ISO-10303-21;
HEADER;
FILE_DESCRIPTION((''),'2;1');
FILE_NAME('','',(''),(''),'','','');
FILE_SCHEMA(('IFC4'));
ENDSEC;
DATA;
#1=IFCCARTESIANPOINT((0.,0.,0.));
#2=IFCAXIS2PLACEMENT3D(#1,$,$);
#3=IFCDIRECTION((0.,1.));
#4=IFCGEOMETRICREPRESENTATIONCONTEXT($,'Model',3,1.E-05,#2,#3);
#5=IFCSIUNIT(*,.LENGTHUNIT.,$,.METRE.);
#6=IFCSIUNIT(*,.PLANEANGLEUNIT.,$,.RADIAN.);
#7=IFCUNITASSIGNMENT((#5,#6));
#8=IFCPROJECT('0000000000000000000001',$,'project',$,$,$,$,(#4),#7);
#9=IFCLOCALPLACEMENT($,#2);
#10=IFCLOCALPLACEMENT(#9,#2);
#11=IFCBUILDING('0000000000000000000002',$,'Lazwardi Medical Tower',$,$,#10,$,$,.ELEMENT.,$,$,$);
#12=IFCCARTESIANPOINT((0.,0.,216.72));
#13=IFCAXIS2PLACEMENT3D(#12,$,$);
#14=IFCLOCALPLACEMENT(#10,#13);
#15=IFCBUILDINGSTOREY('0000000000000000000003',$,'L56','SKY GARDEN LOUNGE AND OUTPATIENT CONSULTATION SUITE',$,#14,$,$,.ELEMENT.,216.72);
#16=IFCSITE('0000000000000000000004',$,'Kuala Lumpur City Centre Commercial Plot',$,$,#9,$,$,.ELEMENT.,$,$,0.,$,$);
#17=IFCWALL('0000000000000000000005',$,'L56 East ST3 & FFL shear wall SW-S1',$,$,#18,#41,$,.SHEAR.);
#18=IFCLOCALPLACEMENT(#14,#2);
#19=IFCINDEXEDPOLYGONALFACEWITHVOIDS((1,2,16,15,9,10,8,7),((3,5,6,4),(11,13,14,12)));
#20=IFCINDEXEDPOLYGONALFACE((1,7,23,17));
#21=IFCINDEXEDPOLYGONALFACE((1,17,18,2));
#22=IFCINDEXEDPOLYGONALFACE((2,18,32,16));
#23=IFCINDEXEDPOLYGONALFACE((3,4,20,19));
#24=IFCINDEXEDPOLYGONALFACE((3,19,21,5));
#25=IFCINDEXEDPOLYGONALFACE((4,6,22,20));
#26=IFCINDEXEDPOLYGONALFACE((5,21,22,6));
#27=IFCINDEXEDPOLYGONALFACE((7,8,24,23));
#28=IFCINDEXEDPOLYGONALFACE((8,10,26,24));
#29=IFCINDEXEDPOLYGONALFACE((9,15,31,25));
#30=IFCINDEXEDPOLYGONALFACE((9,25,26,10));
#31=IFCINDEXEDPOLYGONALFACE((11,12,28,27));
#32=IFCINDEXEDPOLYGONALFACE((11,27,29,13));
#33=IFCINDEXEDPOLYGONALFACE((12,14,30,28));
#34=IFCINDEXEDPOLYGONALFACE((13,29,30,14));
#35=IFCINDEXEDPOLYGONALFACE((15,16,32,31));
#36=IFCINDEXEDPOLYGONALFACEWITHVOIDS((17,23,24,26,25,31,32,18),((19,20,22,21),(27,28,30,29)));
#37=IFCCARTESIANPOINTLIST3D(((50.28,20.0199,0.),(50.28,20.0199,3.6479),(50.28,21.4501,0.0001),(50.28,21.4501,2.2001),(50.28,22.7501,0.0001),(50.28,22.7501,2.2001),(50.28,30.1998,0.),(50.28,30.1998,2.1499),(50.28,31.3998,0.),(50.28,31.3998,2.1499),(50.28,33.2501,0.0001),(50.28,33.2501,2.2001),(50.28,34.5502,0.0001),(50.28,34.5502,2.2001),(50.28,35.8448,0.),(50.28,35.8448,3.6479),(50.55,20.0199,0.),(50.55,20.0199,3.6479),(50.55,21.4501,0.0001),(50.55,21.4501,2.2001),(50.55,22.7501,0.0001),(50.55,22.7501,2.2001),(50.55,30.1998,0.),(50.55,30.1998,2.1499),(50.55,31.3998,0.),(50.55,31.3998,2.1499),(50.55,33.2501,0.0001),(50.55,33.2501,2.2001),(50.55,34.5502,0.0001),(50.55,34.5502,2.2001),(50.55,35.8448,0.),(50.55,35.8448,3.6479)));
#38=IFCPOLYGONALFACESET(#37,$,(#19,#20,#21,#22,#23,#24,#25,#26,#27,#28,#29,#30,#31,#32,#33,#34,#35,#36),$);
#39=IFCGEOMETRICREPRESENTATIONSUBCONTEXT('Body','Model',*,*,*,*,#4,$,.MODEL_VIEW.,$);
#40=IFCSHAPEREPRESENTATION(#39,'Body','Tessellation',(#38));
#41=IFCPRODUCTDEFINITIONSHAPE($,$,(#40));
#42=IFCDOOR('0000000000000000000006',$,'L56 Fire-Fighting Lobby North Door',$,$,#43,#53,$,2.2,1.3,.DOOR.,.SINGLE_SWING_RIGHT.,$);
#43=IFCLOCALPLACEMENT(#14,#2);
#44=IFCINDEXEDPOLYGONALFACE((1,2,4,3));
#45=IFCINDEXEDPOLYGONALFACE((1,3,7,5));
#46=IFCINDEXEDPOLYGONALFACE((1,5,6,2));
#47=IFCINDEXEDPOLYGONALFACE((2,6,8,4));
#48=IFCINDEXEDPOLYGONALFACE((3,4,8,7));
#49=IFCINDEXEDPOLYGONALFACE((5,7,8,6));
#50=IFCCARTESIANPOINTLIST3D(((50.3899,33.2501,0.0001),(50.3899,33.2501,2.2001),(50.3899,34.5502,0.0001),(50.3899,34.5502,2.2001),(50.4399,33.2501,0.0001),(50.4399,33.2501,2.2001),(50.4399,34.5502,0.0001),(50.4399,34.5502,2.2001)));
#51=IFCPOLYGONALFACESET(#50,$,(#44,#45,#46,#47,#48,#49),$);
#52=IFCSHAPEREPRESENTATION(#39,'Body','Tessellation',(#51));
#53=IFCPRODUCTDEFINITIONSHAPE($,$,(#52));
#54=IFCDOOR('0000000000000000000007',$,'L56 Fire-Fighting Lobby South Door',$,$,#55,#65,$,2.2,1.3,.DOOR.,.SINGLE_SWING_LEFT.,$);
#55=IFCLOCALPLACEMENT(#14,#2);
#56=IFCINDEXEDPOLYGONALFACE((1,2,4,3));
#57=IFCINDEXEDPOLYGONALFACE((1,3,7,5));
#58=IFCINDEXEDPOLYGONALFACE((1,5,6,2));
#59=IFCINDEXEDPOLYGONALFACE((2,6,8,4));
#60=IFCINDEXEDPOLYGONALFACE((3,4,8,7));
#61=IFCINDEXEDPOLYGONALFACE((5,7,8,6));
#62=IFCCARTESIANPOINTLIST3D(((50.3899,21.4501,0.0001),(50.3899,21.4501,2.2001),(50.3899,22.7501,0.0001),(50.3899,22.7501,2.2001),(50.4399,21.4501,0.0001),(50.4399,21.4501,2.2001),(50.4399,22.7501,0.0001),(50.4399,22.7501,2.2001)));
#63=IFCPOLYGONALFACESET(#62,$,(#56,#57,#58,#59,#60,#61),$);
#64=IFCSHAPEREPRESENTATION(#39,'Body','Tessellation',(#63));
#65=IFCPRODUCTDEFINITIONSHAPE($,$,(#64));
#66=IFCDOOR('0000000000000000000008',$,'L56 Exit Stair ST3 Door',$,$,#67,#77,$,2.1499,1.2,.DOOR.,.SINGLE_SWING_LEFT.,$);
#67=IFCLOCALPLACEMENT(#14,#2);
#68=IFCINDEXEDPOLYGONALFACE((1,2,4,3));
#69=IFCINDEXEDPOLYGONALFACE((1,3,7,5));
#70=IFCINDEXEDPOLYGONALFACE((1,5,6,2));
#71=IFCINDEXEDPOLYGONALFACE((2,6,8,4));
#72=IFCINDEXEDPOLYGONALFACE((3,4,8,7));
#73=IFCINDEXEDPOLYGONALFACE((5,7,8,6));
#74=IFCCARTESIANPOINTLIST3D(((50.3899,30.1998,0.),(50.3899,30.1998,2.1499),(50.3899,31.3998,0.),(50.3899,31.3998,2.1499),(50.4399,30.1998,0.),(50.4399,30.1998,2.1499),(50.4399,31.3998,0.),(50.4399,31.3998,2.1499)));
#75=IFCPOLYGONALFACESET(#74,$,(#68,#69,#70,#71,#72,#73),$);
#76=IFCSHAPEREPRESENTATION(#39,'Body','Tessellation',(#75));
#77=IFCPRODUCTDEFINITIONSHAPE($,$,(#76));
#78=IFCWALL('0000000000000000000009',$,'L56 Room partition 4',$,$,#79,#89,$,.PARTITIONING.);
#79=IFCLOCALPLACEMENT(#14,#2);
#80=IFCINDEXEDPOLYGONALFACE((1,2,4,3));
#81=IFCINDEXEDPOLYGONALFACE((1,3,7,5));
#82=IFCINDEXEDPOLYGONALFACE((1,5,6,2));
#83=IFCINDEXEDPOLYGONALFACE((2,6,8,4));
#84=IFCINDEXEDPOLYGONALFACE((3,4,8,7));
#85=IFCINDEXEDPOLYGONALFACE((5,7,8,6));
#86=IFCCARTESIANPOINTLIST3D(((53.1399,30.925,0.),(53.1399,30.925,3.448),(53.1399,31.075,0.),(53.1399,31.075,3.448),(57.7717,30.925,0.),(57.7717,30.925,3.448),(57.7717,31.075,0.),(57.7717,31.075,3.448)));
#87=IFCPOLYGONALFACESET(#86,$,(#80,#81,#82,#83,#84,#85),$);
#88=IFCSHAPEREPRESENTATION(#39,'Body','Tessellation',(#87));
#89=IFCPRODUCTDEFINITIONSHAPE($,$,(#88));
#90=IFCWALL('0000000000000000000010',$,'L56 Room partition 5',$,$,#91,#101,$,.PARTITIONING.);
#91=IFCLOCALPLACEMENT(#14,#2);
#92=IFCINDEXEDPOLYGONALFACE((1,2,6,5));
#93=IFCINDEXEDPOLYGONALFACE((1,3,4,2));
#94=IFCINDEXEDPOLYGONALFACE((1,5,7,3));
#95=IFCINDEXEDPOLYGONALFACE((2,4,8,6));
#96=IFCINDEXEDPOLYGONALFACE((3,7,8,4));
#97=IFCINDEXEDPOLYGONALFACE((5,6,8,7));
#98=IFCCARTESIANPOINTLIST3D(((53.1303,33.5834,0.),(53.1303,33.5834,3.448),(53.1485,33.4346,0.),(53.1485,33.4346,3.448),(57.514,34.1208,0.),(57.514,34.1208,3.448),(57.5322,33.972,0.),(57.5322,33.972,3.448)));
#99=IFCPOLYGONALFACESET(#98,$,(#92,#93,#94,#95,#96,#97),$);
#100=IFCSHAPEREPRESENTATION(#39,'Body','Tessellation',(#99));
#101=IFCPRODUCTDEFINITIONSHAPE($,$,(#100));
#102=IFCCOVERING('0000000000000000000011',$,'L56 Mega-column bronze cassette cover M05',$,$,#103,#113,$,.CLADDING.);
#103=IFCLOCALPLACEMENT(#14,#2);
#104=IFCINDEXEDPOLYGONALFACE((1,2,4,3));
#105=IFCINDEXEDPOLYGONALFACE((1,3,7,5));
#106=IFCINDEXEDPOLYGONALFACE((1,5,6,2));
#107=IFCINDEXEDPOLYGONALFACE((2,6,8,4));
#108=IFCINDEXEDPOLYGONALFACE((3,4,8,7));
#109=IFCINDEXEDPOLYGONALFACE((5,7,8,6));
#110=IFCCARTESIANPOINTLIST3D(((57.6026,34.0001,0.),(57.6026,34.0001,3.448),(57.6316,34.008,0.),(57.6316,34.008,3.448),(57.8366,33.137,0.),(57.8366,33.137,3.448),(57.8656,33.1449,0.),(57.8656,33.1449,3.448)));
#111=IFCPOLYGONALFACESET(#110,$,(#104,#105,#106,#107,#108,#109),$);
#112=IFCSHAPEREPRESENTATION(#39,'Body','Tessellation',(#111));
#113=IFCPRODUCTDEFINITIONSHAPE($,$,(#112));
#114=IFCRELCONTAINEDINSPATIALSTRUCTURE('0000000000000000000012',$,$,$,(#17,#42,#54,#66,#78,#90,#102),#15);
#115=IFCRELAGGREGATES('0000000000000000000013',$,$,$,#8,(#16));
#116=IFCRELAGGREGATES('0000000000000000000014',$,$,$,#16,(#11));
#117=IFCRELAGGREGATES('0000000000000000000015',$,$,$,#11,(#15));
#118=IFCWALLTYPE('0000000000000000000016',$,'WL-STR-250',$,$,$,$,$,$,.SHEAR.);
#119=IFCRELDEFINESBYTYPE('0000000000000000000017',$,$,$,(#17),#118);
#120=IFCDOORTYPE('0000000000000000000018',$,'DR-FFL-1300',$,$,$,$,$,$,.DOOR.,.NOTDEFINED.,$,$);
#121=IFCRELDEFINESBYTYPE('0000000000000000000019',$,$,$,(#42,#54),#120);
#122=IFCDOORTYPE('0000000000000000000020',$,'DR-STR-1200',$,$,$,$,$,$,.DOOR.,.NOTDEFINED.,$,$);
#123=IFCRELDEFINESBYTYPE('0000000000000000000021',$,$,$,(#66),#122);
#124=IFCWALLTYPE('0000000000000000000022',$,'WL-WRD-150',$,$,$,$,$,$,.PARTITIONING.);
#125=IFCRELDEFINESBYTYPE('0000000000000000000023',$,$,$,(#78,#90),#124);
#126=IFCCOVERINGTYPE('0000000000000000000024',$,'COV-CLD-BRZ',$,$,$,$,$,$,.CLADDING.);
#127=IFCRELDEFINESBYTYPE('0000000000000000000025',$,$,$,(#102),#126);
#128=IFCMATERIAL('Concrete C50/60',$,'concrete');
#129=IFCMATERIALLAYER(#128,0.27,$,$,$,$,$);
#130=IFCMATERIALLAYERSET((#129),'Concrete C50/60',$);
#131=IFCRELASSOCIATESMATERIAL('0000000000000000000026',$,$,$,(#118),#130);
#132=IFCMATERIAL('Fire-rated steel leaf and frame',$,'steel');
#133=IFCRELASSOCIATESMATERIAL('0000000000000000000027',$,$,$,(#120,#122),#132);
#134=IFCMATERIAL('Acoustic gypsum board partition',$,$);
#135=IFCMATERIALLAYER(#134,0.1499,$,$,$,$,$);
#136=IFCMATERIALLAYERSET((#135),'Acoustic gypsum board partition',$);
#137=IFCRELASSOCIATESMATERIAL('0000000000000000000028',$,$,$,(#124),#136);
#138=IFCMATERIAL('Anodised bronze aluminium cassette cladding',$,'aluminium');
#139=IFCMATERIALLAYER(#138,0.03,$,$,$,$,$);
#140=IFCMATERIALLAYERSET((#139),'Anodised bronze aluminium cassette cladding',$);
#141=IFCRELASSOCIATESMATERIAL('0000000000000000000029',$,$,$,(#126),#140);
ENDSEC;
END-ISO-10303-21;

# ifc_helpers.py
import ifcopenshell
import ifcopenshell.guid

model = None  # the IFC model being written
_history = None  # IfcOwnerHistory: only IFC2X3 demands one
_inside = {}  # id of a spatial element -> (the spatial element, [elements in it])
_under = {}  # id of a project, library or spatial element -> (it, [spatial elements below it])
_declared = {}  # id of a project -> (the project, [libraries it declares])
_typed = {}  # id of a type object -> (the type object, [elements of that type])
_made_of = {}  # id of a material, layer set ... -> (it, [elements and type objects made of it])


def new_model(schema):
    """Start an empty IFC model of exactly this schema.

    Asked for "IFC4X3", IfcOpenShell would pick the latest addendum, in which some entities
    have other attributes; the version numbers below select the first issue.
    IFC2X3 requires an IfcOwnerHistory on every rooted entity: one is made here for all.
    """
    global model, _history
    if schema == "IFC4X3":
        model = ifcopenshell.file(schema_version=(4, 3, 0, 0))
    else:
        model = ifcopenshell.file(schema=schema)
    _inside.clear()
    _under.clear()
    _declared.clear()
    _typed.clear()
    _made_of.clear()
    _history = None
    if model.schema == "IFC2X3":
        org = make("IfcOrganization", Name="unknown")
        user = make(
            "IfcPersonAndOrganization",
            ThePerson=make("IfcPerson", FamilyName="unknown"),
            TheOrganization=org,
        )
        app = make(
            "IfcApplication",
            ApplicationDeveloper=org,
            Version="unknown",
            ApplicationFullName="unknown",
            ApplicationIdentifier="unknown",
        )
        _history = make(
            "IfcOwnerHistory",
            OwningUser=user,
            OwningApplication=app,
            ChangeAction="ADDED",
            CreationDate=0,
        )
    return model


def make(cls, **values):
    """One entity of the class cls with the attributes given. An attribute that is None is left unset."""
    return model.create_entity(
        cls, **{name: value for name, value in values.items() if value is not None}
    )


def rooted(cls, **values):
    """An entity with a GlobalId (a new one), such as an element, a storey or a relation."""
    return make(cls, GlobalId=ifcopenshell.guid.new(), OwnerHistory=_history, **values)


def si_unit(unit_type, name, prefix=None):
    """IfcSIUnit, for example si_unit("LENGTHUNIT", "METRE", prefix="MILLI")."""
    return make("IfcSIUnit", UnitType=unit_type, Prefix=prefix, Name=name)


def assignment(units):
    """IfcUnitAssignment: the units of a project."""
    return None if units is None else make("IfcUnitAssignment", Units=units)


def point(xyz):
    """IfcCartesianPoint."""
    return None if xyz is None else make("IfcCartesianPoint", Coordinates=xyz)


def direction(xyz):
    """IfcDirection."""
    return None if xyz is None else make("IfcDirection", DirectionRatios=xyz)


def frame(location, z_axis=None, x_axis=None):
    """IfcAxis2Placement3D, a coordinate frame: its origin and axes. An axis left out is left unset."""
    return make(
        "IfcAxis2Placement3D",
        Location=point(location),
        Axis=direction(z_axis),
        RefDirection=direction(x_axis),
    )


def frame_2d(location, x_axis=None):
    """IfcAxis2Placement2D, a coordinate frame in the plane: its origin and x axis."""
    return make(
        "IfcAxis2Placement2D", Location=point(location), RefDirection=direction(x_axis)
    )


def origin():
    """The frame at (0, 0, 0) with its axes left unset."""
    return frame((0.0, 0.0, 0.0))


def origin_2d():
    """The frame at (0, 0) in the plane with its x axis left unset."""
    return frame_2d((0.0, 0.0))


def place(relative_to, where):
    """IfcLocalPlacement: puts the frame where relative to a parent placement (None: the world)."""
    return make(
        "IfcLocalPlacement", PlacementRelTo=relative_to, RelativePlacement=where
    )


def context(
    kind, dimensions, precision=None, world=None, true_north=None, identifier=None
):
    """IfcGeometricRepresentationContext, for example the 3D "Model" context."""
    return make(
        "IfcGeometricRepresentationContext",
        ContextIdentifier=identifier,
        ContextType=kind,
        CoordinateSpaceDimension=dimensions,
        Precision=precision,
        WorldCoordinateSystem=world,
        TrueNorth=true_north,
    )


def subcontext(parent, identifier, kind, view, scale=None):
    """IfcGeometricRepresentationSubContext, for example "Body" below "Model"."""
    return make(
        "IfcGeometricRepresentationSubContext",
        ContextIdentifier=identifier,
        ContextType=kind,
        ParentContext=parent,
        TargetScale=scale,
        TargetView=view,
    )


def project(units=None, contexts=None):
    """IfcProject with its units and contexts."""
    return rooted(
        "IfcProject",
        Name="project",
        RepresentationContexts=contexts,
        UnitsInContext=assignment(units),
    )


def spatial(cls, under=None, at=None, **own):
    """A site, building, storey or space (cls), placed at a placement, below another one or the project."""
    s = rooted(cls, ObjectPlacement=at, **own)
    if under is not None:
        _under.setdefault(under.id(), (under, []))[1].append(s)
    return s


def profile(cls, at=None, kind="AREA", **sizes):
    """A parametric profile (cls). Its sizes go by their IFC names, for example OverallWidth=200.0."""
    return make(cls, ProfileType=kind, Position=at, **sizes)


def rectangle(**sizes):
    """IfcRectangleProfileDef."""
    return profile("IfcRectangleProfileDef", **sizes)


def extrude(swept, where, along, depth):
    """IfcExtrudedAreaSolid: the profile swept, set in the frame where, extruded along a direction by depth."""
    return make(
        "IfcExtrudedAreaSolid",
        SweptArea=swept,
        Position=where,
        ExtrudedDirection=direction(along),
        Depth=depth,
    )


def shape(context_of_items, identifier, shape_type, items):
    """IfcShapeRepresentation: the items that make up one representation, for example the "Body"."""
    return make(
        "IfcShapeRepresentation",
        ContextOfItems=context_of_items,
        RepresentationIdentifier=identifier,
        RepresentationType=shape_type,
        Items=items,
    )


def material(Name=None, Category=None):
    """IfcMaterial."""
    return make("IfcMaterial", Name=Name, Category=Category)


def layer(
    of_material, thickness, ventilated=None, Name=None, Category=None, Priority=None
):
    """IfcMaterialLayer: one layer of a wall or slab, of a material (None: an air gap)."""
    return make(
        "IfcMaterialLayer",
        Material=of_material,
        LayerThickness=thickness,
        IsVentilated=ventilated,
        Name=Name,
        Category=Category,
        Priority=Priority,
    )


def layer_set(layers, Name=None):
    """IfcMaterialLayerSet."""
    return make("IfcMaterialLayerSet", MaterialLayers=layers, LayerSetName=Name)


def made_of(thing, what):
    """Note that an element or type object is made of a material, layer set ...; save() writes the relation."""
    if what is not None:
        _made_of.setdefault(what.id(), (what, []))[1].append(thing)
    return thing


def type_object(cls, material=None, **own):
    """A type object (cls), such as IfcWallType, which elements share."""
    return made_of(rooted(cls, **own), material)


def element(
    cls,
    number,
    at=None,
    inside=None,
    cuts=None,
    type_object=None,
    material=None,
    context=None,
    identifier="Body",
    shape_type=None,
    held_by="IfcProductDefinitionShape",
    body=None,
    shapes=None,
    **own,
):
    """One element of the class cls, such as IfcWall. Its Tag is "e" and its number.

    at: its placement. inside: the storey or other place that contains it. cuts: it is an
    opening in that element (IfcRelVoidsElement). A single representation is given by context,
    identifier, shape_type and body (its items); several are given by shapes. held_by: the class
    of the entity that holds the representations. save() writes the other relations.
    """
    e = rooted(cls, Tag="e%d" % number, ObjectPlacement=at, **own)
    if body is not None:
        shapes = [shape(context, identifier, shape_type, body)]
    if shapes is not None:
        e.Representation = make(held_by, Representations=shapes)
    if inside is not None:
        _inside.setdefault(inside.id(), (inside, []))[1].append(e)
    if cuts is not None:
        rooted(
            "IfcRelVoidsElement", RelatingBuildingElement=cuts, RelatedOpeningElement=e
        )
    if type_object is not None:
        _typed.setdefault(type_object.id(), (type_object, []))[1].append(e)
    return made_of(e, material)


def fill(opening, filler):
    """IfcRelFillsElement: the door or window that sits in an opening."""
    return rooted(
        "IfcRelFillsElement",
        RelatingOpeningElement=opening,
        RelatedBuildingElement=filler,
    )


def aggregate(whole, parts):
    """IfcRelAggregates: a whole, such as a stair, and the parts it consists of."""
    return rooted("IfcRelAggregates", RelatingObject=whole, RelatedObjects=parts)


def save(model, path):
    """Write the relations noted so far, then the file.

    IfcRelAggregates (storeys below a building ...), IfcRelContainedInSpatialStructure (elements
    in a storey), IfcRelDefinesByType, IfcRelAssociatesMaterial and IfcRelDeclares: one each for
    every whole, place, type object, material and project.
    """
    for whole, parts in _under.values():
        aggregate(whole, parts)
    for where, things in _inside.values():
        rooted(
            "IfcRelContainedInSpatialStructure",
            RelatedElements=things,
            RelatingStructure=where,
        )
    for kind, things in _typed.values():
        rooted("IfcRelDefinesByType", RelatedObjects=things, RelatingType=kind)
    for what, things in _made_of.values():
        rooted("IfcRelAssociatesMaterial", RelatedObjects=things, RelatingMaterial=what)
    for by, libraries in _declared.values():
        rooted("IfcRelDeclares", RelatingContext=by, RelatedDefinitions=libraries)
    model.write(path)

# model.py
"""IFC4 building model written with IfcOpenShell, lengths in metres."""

from ifc_helpers import new_model, si_unit, direction, frame, frame_2d, origin, origin_2d, place, context, subcontext, project, spatial, rectangle, extrude, material, layer, layer_set, type_object, element, fill, save


model = new_model("IFC4")

# Units and contexts
model_context = context("Model", 3, precision=1e-05, world=origin(), true_north=direction((0.0, 1.0)))
body_context = subcontext(model_context, "Body", "Model", "MODEL_VIEW")
ifc_project = project(units=[si_unit("LENGTHUNIT", "METRE"), si_unit("PLANEANGLEUNIT", "RADIAN")], contexts=[model_context])

# Site, building, storey
site_placement = place(None, origin())
site = spatial("IfcSite", under=ifc_project, at=site_placement, Name="Kuala Lumpur City Centre Commercial Plot", CompositionType="ELEMENT", RefElevation=0.0)
building_placement = place(site_placement, origin())
building = spatial("IfcBuilding", under=site, at=building_placement, Name="Lazwardi Medical Tower", CompositionType="ELEMENT")
storey_placement = place(building_placement, frame((0.0, 0.0, 216.72)))
storey = spatial("IfcBuildingStorey", under=building, at=storey_placement, Name="L56", Description="SKY GARDEN LOUNGE AND OUTPATIENT CONSULTATION SUITE", CompositionType="ELEMENT", Elevation=216.72)

# Wall, openings, doors
ifc_material_1 = material(Name="Concrete C50/60", Category="concrete")
ifc_layer_1 = layer(ifc_material_1, 0.27)
ifc_layer_set_1 = layer_set([ifc_layer_1], Name="Concrete C50/60")
wall_type_1 = type_object("IfcWallType", Name="WL-STR-250", PredefinedType="SHEAR", material=ifc_layer_set_1)
wall_1_placement = place(storey_placement, frame((50.415, 35.845, 0.0), z_axis=(0.0, 0.0, 1.0), x_axis=(0.0, -1.0, 0.0)))
wall_1 = element("IfcWall", 1, at=wall_1_placement, inside=storey, type_object=wall_type_1, Name="L56 East ST3 & FFL shear wall SW-S1", PredefinedType="SHEAR", context=body_context, shape_type="SweptSolid", body=[
    extrude(rectangle(XDim=15.825, YDim=0.27, at=frame_2d((7.9126, 0.0))), origin(), (0.0, 0.0, 1.0), 3.6479),
])
opening_1_placement = place(wall_1_placement, frame((4.4451, 0.0, 0.0)))
opening_1 = element("IfcOpeningElement", 2, at=opening_1_placement, cuts=wall_1, PredefinedType="OPENING", context=body_context, shape_type="SweptSolid", body=[
    extrude(rectangle(XDim=1.2, YDim=2.1499, at=frame_2d((0.6001, 1.075))), frame((0.0, 0.145, 0.0), z_axis=(0.0, -1.0, 0.0), x_axis=(1.0, 0.0, 0.0)), (0.0, 0.0, 1.0), 0.29),
])
opening_2_placement = place(wall_1_placement, frame((1.2949, 0.0, 0.0)))
opening_2 = element("IfcOpeningElement", 3, at=opening_2_placement, cuts=wall_1, PredefinedType="OPENING", context=body_context, shape_type="SweptSolid", body=[
    extrude(rectangle(XDim=1.3, YDim=2.2, at=frame_2d((0.6499, 1.1001))), frame((0.0, 0.145, 0.0), z_axis=(0.0, -1.0, 0.0), x_axis=(1.0, 0.0, 0.0)), (0.0, 0.0, 1.0), 0.29),
])
opening_3_placement = place(wall_1_placement, frame((13.095, 0.0, 0.0)))
opening_3 = element("IfcOpeningElement", 4, at=opening_3_placement, cuts=wall_1, PredefinedType="OPENING", context=body_context, shape_type="SweptSolid", body=[
    extrude(rectangle(XDim=1.3, YDim=2.2, at=frame_2d((0.6499, 1.1001))), frame((0.0, 0.145, 0.0), z_axis=(0.0, -1.0, 0.0), x_axis=(1.0, 0.0, 0.0)), (0.0, 0.0, 1.0), 0.29),
])
ifc_material_2 = material(Name="Fire-rated steel leaf and frame", Category="steel")
door_type_1 = type_object("IfcDoorType", Name="DR-FFL-1300", OperationType="NOTDEFINED", PredefinedType="DOOR", material=ifc_material_2)
door_1_placement = place(opening_2_placement, origin())
door_1 = element("IfcDoor", 5, at=door_1_placement, inside=storey, type_object=door_type_1, Name="L56 Fire-Fighting Lobby North Door", OperationType="SINGLE_SWING_RIGHT", OverallHeight=2.2, OverallWidth=1.3, PredefinedType="DOOR", context=body_context, shape_type="SweptSolid", body=[
    extrude(rectangle(XDim=1.3, YDim=2.2, at=frame_2d((0.6499, 1.1001))), frame((0.0, 0.0249, 0.0), z_axis=(0.0, -1.0, 0.0), x_axis=(1.0, 0.0, 0.0)), (0.0, 0.0, 1.0), 0.05),
])
fill(opening_2, door_1)
door_2_placement = place(opening_3_placement, origin())
door_2 = element("IfcDoor", 6, at=door_2_placement, inside=storey, type_object=door_type_1, Name="L56 Fire-Fighting Lobby South Door", OperationType="SINGLE_SWING_LEFT", OverallHeight=2.2, OverallWidth=1.3, PredefinedType="DOOR", context=body_context, shape_type="SweptSolid", body=[
    extrude(rectangle(XDim=1.3, YDim=2.2, at=frame_2d((0.6499, 1.1001))), frame((0.0, 0.0249, 0.0), z_axis=(0.0, -1.0, 0.0), x_axis=(1.0, 0.0, 0.0)), (0.0, 0.0, 1.0), 0.05),
])
fill(opening_3, door_2)
door_type_2 = type_object("IfcDoorType", Name="DR-STR-1200", OperationType="NOTDEFINED", PredefinedType="DOOR", material=ifc_material_2)
door_3_placement = place(opening_1_placement, origin())
door_3 = element("IfcDoor", 7, at=door_3_placement, inside=storey, type_object=door_type_2, Name="L56 Exit Stair ST3 Door", OperationType="SINGLE_SWING_LEFT", OverallHeight=2.1499, OverallWidth=1.2, PredefinedType="DOOR", context=body_context, shape_type="SweptSolid", body=[
    extrude(rectangle(XDim=1.2, YDim=2.1499, at=frame_2d((0.6001, 1.075))), frame((0.0, 0.0249, 0.0), z_axis=(0.0, -1.0, 0.0), x_axis=(1.0, 0.0, 0.0)), (0.0, 0.0, 1.0), 0.05),
])
fill(opening_1, door_3)

# Walls
ifc_material_3 = material(Name="Acoustic gypsum board partition")
ifc_layer_2 = layer(ifc_material_3, 0.1499)
ifc_layer_set_2 = layer_set([ifc_layer_2], Name="Acoustic gypsum board partition")
wall_type_2 = type_object("IfcWallType", Name="WL-WRD-150", PredefinedType="PARTITIONING", material=ifc_layer_set_2)
wall_2_placement = place(storey_placement, frame((53.1399, 31.0, 0.0), z_axis=(0.0, 0.0, 1.0), x_axis=(1.0, 0.0, 0.0)))
element("IfcWall", 8, at=wall_2_placement, inside=storey, type_object=wall_type_2, Name="L56 Room partition 4", PredefinedType="PARTITIONING", context=body_context, shape_type="SweptSolid", body=[
    extrude(rectangle(XDim=4.6318, YDim=0.1499, at=frame_2d((2.3159, 0.0))), origin(), (0.0, 0.0, 1.0), 3.448),
])
wall_3_placement = place(storey_placement, frame((53.1394, 33.509, 0.0), z_axis=(0.0, 0.0, 1.0), x_axis=(0.992571, 0.121667, 0.0)))
element("IfcWall", 9, at=wall_3_placement, inside=storey, type_object=wall_type_2, Name="L56 Room partition 5", PredefinedType="PARTITIONING", context=body_context, shape_type="SweptSolid", body=[
    extrude(rectangle(XDim=4.4165, YDim=0.1499, at=frame_2d((2.2083, 0.0))), origin(), (0.0, 0.0, 1.0), 3.448),
])

# Covering
ifc_material_4 = material(Name="Anodised bronze aluminium cassette cladding", Category="aluminium")
ifc_layer_3 = layer(ifc_material_4, 0.03)
ifc_layer_set_3 = layer_set([ifc_layer_3], Name="Anodised bronze aluminium cassette cladding")
covering_type = type_object("IfcCoveringType", Name="COV-CLD-BRZ", PredefinedType="CLADDING", material=ifc_layer_set_3)
covering_placement = place(storey_placement, frame((57.7341, 33.5725, 0.0), z_axis=(0.0, 0.0, 1.0), x_axis=(-0.261642, 0.965165, 0.0)))
element("IfcCovering", 10, at=covering_placement, inside=storey, type_object=covering_type, Name="L56 Mega-column bronze cassette cover M05", PredefinedType="CLADDING", context=body_context, shape_type="SweptSolid", body=[
    extrude(rectangle(XDim=0.8943, YDim=0.03, at=origin_2d()), origin(), (0.0, 0.0, 1.0), 3.448),
])

save(model, "model.ifc")
